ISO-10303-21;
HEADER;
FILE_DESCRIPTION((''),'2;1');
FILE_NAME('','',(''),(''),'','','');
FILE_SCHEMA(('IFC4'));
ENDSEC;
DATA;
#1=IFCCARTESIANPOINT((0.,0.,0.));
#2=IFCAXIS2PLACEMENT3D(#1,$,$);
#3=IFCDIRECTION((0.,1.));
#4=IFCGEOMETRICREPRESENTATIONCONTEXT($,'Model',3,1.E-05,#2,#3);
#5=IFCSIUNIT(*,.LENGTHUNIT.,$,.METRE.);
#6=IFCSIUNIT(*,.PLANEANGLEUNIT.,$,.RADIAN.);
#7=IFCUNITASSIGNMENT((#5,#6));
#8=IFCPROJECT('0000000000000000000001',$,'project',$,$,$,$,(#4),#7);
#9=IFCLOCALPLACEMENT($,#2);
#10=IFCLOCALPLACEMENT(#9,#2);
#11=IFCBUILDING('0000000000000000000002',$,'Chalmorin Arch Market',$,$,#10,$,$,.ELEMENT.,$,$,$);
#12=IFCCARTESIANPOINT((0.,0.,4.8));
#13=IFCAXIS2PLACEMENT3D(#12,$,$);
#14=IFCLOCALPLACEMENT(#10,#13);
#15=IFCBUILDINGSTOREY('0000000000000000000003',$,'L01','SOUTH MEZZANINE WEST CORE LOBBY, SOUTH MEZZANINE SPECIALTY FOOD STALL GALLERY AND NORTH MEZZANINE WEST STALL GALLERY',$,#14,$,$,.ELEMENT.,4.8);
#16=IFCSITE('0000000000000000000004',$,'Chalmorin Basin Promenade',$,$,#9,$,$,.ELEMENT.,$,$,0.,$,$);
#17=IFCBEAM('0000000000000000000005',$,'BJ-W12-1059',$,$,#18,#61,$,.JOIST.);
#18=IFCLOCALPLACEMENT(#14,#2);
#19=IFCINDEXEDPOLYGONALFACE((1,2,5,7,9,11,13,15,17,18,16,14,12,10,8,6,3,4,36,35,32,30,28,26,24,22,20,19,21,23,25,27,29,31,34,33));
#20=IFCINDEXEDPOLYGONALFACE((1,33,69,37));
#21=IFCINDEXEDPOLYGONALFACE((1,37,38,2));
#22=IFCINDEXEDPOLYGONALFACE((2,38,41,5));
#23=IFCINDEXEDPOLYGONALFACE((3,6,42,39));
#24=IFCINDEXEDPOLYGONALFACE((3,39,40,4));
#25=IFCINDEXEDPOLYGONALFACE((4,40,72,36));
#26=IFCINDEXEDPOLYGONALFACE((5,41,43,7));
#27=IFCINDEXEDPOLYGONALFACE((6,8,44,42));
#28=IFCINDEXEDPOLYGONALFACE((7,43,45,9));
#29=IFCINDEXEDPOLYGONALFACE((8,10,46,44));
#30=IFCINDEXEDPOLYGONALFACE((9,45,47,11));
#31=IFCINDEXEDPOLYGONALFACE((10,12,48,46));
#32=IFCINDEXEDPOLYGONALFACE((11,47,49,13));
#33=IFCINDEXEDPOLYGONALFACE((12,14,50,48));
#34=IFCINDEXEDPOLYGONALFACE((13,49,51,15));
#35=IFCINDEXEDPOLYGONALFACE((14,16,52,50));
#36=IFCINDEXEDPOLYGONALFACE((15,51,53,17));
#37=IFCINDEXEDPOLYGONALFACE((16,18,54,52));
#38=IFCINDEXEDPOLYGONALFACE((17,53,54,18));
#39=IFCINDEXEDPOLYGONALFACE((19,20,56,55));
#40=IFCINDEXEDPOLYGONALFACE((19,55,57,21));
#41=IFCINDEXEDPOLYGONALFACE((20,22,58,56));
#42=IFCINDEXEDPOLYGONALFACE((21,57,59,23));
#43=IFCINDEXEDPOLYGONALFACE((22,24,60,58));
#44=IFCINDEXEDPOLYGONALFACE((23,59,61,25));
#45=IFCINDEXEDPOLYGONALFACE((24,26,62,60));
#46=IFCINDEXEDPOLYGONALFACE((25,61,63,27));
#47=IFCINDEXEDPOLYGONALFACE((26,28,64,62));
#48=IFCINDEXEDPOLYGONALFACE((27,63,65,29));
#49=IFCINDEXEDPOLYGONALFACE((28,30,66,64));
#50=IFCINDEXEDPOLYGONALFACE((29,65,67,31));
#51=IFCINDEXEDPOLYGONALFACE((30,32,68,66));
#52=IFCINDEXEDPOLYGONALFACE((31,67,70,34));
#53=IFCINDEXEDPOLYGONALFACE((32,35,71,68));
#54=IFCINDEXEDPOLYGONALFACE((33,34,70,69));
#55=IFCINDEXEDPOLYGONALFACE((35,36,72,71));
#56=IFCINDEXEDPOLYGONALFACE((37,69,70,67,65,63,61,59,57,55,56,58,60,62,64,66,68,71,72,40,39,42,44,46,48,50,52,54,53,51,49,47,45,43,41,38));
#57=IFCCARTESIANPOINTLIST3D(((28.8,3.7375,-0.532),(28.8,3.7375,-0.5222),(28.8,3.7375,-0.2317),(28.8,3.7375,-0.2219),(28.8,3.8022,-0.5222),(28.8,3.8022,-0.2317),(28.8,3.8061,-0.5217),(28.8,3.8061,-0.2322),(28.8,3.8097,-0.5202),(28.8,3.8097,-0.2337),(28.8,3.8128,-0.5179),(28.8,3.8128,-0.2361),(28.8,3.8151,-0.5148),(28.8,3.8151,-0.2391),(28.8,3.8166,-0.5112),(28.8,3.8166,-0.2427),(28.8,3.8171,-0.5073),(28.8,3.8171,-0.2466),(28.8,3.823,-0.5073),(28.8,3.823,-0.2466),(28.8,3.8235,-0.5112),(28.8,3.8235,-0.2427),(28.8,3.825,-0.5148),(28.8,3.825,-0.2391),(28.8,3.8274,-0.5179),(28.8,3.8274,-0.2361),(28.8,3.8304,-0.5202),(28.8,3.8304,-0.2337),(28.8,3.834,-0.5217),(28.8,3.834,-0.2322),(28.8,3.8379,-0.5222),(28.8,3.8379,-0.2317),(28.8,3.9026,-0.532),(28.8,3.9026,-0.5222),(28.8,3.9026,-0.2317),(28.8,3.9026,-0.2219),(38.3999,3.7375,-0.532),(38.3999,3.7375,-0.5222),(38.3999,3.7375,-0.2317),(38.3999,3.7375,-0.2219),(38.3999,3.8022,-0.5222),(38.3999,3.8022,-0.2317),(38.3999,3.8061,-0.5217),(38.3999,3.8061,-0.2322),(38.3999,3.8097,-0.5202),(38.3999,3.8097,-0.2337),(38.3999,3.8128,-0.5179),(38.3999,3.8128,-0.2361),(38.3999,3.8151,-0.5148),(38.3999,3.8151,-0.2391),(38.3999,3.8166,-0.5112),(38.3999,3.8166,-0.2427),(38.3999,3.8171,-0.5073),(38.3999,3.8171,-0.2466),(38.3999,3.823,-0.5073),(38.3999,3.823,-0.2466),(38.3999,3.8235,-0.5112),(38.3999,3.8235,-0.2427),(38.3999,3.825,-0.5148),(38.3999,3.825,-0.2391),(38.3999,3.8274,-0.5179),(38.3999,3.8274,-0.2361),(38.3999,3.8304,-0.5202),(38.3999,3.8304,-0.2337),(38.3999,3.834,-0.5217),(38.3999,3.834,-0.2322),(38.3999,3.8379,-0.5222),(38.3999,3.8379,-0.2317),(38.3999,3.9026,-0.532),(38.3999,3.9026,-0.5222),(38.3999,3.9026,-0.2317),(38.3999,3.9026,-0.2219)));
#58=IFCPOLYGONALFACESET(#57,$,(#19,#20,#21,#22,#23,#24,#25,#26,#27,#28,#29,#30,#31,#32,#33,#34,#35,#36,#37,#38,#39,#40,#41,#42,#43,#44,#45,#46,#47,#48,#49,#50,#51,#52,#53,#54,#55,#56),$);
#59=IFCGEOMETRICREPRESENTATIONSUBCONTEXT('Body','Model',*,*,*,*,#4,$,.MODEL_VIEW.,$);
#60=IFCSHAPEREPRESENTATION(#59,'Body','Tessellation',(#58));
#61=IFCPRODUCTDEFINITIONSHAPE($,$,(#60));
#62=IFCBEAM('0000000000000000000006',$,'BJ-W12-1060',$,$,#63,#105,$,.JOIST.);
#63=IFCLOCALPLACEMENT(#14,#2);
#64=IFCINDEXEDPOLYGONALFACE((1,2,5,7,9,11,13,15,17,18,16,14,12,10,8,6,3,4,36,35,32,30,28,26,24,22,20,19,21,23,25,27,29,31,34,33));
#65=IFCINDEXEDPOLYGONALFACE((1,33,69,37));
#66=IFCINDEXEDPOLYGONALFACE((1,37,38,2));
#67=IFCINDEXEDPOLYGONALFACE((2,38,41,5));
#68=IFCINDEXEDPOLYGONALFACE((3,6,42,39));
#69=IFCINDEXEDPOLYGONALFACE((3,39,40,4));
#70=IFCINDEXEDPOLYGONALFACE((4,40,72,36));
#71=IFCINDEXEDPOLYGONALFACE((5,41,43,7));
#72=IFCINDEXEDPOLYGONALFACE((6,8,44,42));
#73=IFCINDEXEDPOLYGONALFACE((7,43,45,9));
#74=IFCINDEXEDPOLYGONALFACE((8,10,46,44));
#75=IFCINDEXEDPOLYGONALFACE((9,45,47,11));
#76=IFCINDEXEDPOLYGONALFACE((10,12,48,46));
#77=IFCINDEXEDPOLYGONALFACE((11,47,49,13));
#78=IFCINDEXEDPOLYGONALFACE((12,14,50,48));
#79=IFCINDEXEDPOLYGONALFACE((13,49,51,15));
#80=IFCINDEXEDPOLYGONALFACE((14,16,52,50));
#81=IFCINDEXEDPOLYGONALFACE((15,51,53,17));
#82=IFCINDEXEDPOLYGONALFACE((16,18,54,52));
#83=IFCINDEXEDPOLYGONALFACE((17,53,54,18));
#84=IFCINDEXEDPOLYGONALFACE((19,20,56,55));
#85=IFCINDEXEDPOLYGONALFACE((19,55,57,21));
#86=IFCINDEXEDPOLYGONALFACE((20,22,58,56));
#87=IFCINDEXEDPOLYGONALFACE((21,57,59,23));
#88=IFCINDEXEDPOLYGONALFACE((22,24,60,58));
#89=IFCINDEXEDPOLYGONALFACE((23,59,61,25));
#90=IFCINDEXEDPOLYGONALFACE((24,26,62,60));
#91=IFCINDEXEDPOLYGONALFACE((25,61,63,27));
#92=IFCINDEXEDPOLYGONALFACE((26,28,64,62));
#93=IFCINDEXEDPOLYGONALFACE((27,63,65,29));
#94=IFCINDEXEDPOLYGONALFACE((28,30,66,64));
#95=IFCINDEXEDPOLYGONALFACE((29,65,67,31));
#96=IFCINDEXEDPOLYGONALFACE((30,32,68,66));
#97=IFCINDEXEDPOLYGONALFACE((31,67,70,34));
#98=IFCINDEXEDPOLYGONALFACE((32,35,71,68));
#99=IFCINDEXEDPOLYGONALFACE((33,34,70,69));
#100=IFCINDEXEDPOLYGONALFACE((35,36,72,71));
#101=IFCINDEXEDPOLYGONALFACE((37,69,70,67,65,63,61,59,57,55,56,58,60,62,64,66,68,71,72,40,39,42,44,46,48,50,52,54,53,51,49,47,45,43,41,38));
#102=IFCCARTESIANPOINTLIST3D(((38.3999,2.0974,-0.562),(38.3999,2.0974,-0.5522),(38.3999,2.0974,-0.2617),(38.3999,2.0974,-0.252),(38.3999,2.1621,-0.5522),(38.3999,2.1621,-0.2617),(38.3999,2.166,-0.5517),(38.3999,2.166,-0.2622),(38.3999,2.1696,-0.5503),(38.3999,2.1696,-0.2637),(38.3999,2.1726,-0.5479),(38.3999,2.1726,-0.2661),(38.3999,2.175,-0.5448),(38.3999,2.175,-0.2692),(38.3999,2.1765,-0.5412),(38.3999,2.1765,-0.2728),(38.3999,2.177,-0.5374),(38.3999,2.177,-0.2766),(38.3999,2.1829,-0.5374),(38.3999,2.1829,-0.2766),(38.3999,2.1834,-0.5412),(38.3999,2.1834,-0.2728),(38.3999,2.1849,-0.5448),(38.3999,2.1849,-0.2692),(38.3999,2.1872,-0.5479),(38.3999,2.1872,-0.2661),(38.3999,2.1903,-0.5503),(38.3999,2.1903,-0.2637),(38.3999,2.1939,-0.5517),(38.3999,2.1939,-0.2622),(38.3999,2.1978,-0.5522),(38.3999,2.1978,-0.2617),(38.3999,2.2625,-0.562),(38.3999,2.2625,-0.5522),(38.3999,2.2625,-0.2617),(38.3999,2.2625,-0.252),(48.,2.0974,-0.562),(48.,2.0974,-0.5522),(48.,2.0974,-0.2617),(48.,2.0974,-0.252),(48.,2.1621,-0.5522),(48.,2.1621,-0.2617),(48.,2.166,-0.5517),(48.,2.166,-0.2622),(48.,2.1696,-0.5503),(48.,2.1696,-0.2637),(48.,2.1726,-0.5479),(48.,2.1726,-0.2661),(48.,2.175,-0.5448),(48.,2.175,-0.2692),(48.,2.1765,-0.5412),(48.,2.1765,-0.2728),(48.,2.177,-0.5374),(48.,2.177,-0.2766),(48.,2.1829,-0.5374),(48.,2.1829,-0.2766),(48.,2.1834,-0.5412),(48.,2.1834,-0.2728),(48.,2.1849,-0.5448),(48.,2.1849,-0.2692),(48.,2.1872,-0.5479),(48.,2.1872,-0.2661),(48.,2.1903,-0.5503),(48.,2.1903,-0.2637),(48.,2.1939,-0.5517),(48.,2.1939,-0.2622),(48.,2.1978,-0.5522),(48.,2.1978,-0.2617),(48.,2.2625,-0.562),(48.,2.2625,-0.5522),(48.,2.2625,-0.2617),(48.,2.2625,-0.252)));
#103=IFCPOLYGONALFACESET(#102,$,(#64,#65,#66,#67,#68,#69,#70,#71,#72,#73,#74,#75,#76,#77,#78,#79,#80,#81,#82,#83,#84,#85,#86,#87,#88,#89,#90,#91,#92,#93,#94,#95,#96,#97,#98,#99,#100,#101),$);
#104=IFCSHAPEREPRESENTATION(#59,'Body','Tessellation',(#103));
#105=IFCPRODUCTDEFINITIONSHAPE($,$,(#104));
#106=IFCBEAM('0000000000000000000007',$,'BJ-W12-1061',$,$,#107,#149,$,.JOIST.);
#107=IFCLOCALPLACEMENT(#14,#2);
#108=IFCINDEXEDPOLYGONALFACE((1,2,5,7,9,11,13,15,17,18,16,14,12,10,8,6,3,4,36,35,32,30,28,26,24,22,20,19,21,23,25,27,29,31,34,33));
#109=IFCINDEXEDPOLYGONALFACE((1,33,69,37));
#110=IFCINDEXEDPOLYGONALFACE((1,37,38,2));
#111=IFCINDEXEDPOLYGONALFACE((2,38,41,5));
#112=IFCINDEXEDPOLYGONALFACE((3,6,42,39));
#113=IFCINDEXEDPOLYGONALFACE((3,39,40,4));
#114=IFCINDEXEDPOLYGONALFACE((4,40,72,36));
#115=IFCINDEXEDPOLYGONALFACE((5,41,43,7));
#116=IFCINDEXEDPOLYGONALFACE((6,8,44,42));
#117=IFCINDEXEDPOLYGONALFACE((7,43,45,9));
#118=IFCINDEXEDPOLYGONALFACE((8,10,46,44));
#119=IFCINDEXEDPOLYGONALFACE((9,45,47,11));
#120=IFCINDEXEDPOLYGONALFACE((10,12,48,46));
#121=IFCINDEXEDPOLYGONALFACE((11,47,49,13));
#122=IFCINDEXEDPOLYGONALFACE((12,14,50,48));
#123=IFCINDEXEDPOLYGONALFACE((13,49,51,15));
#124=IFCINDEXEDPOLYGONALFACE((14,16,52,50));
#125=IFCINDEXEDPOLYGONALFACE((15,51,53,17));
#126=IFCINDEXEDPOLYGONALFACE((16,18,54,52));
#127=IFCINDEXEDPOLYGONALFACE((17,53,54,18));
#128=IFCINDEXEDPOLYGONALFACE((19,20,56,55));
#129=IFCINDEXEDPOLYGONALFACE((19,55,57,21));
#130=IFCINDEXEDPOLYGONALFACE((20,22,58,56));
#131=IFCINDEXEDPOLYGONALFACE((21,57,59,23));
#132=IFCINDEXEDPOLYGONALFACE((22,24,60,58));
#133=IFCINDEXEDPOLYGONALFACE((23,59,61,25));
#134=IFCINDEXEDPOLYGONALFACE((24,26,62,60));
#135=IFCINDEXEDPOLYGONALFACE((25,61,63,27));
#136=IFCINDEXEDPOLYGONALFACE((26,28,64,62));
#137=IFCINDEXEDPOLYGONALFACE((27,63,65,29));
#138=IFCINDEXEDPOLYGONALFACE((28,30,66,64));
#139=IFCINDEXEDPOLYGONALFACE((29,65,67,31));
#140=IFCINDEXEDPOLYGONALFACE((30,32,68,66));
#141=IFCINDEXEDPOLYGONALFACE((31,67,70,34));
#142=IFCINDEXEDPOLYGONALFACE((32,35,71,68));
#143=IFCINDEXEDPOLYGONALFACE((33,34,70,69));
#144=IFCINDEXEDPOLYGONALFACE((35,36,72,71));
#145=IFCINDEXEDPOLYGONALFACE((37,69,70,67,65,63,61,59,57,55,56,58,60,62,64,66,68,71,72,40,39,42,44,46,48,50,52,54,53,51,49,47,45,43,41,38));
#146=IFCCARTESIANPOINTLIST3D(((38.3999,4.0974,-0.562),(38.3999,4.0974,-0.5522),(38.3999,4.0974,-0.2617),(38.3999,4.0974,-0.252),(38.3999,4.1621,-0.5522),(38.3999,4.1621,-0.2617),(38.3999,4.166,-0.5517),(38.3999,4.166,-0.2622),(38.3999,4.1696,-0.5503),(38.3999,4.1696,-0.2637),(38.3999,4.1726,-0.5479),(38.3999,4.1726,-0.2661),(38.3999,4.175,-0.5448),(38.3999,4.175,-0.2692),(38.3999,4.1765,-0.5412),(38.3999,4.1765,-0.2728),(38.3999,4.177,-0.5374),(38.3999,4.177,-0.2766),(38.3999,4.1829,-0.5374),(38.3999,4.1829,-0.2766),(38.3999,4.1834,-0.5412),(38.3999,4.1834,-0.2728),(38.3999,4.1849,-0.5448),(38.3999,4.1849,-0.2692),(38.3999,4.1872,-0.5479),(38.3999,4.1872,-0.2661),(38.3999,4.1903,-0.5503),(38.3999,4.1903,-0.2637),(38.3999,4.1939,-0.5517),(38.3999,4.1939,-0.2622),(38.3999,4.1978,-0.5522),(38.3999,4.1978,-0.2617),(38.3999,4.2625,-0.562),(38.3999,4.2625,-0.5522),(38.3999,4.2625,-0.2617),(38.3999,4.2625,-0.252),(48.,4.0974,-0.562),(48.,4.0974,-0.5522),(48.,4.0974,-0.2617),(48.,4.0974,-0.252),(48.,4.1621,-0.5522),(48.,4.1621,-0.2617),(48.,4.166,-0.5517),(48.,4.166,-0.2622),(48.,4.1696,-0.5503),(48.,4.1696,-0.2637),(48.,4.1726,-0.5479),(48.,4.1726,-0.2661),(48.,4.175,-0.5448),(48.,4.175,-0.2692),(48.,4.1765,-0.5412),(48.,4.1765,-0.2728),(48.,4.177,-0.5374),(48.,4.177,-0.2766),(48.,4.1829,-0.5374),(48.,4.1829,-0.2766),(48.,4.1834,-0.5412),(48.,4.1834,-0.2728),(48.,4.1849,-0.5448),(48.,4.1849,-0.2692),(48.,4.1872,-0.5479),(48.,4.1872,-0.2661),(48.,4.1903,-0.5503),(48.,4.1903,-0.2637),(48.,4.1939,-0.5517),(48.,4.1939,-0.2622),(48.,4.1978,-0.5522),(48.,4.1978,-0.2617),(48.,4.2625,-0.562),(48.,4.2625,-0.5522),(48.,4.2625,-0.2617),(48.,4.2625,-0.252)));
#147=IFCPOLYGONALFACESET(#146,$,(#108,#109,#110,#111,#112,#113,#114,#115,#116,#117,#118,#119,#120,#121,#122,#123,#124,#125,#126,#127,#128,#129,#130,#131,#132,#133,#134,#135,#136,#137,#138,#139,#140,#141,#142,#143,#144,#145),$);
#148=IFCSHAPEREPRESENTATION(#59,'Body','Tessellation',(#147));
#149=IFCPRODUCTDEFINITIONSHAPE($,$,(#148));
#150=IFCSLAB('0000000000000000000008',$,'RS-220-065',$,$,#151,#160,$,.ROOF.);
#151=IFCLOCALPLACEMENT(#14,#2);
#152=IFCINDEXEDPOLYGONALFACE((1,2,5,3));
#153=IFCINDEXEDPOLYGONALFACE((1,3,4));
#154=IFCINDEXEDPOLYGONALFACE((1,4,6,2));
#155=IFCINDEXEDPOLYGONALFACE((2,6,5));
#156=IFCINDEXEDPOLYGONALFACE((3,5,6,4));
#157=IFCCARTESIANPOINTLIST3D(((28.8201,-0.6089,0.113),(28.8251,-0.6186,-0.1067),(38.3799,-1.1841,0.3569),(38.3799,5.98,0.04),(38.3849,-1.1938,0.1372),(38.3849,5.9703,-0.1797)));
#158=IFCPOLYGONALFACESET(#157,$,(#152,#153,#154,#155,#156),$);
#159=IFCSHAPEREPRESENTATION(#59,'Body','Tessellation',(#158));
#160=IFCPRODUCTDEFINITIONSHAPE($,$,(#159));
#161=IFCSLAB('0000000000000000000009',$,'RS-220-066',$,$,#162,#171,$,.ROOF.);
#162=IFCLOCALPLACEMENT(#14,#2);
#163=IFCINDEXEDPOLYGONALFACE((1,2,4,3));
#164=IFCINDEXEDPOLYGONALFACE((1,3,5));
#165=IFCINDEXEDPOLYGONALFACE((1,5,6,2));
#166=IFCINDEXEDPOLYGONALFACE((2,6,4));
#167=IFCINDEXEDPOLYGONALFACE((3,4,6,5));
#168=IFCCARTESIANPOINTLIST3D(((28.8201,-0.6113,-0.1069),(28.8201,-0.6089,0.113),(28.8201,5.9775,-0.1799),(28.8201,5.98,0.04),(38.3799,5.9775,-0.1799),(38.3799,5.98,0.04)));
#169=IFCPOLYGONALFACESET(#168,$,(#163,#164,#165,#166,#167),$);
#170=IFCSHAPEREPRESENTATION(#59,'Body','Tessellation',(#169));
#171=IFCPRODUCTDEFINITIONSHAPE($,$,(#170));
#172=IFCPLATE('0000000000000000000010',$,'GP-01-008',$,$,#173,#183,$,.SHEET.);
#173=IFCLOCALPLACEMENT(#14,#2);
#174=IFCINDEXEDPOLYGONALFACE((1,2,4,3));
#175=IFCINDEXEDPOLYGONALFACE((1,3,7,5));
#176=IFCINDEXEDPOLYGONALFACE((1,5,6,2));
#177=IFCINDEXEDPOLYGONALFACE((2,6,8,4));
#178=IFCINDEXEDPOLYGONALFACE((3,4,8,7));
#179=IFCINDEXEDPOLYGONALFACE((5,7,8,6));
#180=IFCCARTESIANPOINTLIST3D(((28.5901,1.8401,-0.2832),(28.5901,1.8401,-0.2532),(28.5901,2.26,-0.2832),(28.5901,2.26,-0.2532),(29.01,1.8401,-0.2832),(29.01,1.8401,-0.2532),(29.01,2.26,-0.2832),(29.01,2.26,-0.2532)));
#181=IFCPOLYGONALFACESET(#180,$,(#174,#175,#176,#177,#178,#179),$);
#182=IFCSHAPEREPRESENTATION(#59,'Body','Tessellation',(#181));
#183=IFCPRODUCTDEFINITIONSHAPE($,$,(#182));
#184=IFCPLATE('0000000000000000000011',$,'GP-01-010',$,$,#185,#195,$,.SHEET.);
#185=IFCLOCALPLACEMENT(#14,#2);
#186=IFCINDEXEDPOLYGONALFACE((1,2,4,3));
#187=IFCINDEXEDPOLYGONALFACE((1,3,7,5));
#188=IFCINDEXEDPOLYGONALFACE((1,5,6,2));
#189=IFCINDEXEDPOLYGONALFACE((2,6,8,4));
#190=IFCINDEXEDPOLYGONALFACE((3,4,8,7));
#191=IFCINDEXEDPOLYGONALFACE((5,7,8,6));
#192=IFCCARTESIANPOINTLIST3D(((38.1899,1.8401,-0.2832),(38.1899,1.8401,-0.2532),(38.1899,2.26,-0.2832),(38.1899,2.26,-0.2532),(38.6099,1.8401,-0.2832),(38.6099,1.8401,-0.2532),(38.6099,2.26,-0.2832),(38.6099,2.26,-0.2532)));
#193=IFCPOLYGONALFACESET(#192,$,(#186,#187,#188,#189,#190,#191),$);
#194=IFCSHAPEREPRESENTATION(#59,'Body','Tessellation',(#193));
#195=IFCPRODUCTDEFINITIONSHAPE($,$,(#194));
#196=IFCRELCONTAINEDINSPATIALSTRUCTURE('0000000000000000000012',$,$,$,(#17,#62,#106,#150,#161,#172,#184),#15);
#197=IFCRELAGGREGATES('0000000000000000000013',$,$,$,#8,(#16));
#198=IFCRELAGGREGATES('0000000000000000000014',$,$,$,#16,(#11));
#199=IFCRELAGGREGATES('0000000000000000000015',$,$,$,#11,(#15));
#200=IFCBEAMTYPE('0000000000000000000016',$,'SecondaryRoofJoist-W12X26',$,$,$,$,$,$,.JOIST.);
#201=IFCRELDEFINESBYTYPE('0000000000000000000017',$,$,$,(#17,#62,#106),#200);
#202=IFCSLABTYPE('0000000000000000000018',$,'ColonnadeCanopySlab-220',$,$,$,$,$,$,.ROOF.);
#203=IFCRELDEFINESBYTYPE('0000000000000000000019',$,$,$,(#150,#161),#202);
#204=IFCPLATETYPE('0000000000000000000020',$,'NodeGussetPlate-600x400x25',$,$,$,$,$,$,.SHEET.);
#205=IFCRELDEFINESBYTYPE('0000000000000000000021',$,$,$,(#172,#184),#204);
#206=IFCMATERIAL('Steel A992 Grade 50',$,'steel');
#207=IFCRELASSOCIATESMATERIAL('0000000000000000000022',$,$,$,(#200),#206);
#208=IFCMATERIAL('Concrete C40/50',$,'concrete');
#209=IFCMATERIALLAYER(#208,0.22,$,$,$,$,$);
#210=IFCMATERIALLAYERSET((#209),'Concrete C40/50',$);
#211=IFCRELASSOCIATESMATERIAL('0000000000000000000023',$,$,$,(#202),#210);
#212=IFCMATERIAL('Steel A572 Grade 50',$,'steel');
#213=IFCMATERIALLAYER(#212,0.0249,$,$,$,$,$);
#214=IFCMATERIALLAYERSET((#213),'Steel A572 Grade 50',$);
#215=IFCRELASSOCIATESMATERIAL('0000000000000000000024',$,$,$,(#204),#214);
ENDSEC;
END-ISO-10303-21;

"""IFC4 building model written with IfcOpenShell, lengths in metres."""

from ifc_helpers import new_model, si_unit, direction, frame, origin, origin_2d, place, context, subcontext, project, spatial, polyline, rectangle, i_section, outline, extrude, material, layer, layer_set, material_profile, profile_set, type_object, element, save


model = new_model("IFC4")

# Units and contexts
model_context = context("Model", 3, precision=1e-05, world=origin(), true_north=direction((0.0, 1.0)))
body_context = subcontext(model_context, "Body", "Model", "MODEL_VIEW")
ifc_project = project(units=[si_unit("LENGTHUNIT", "METRE"), si_unit("PLANEANGLEUNIT", "RADIAN")], contexts=[model_context])

# Site, building, storey
site_placement = place(None, origin())
site = spatial("IfcSite", under=ifc_project, at=site_placement, Name="Chalmorin Basin Promenade", CompositionType="ELEMENT", RefElevation=0.0)
building_placement = place(site_placement, origin())
building = spatial("IfcBuilding", under=site, at=building_placement, Name="Chalmorin Arch Market", CompositionType="ELEMENT")
storey_placement = place(building_placement, frame((0.0, 0.0, 4.8)))
storey = spatial("IfcBuildingStorey", under=building, at=storey_placement, Name="L01", Description="SOUTH MEZZANINE WEST CORE LOBBY, SOUTH MEZZANINE SPECIALTY FOOD STALL GALLERY AND NORTH MEZZANINE WEST STALL GALLERY", CompositionType="ELEMENT", Elevation=4.8)

# Shared definitions
ifc_material_1 = material(Name="Concrete C40/50", Category="concrete")

# Beams
ifc_material_2 = material(Name="Steel A992 Grade 50", Category="steel")
ifc_material_profile_1 = material_profile(ifc_material_2, i_section(OverallWidth=0.165, OverallDepth=0.3101, WebThickness=0.0059, FlangeThickness=0.0098, FilletRadius=0.0149, at=origin_2d()), Name="W12X26")
ifc_profile_set_1 = profile_set([ifc_material_profile_1], Name="Steel A992 Grade 50")
beam_type_1 = type_object("IfcBeamType", Name="SecondaryRoofJoist-W12X26", PredefinedType="JOIST", material=ifc_profile_set_1)
for number, where, z_axis, x_axis, name in (
    (1, (28.8, 3.8201, -0.377), (1.0, 0.0, 0.0), (0.0, 1.0, 0.0), "BJ-W12-1059"),
):
    element("IfcBeam", number, at=place(storey_placement, frame(where, z_axis=z_axis, x_axis=x_axis)), inside=storey, type_object=beam_type_1, Name=name, PredefinedType="JOIST", context=body_context, shape_type="SweptSolid", body=[
        extrude(i_section(OverallWidth=0.165, OverallDepth=0.3101, WebThickness=0.0059, FlangeThickness=0.0098, FilletRadius=0.0149, at=origin_2d()), origin(), (0.0, 0.0, 1.0), 9.5999),
    ])
for number, where, z_axis, x_axis, name in (
    (2, (38.3999, 2.1799, -0.407), (1.0, 0.0, 0.0), (0.0, 1.0, 0.0), "BJ-W12-1060"),
    (3, (38.3999, 4.1799, -0.407), (1.0, 0.0, 0.0), (0.0, 1.0, 0.0), "BJ-W12-1061"),
):
    element("IfcBeam", number, at=place(storey_placement, frame(where, z_axis=z_axis, x_axis=x_axis)), inside=storey, type_object=beam_type_1, Name=name, PredefinedType="JOIST", context=body_context, shape_type="SweptSolid", body=[
        extrude(i_section(OverallWidth=0.165, OverallDepth=0.3101, WebThickness=0.0059, FlangeThickness=0.0098, FilletRadius=0.0149, at=origin_2d()), origin(), (0.0, 0.0, 1.0), 9.6001),
    ])

# Slabs
ifc_layer_1 = layer(ifc_material_1, 0.22)
ifc_layer_set_1 = layer_set([ifc_layer_1], Name="Concrete C40/50")
slab_type = type_object("IfcSlabType", Name="ColonnadeCanopySlab-220", PredefinedType="ROOF", material=ifc_layer_set_1)
slab_1_placement = place(storey_placement, frame((28.8201, -0.6089, 0.113), z_axis=(-0.022823, 0.044179, 0.998763), x_axis=(0.997871, -0.06004, 0.025458)))
element("IfcSlab", 4, at=slab_1_placement, inside=storey, type_object=slab_type, Name="RS-220-065", PredefinedType="ROOF", context=body_context, shape_type="SweptSolid", body=[
    extrude(outline(polyline([(0.0, 0.0), (9.5802, 0.0), (9.142, 7.1577), (0.0, 0.0)])), origin(), (0.0, 0.0, -1.0), 0.22),
])
slab_2_placement = place(storey_placement, frame((28.8201, -0.6089, 0.113), z_axis=(0.0, 0.011078, 0.999939), x_axis=(0.823362, 0.567482, -0.006287)))
element("IfcSlab", 5, at=slab_2_placement, inside=storey, type_object=slab_type, Name="RS-220-066", PredefinedType="ROOF", context=body_context, shape_type="SweptSolid", body=[
    extrude(outline(polyline([(0.0, 0.0), (11.6107, 0.0), (3.7395, 5.4254), (0.0, 0.0)])), origin(), (0.0, 0.0, -1.0), 0.22),
])

# Plates
ifc_material_3 = material(Name="Steel A572 Grade 50", Category="steel")
ifc_layer_2 = layer(ifc_material_3, 0.0249)
ifc_layer_set_2 = layer_set([ifc_layer_2], Name="Steel A572 Grade 50")
plate_type_1 = type_object("IfcPlateType", Name="NodeGussetPlate-600x400x25", PredefinedType="SHEET", material=ifc_layer_set_2)
for number, where, z_axis, x_axis, name in (
    (6, (28.8, 2.05, -0.2832), (0.0, 0.0, 1.0), (1.0, 0.0, 0.0), "GP-01-008"),
    (7, (38.3999, 2.05, -0.2832), (0.0, 0.0, 1.0), (1.0, 0.0, 0.0), "GP-01-010"),
):
    element("IfcPlate", number, at=place(storey_placement, frame(where, z_axis=z_axis, x_axis=x_axis)), inside=storey, type_object=plate_type_1, Name=name, PredefinedType="SHEET", context=body_context, shape_type="SweptSolid", body=[
        extrude(rectangle(XDim=0.4199, YDim=0.4199, at=origin_2d()), origin(), (0.0, 0.0, 1.0), 0.03),
    ])

save(model, "model.ifc")
